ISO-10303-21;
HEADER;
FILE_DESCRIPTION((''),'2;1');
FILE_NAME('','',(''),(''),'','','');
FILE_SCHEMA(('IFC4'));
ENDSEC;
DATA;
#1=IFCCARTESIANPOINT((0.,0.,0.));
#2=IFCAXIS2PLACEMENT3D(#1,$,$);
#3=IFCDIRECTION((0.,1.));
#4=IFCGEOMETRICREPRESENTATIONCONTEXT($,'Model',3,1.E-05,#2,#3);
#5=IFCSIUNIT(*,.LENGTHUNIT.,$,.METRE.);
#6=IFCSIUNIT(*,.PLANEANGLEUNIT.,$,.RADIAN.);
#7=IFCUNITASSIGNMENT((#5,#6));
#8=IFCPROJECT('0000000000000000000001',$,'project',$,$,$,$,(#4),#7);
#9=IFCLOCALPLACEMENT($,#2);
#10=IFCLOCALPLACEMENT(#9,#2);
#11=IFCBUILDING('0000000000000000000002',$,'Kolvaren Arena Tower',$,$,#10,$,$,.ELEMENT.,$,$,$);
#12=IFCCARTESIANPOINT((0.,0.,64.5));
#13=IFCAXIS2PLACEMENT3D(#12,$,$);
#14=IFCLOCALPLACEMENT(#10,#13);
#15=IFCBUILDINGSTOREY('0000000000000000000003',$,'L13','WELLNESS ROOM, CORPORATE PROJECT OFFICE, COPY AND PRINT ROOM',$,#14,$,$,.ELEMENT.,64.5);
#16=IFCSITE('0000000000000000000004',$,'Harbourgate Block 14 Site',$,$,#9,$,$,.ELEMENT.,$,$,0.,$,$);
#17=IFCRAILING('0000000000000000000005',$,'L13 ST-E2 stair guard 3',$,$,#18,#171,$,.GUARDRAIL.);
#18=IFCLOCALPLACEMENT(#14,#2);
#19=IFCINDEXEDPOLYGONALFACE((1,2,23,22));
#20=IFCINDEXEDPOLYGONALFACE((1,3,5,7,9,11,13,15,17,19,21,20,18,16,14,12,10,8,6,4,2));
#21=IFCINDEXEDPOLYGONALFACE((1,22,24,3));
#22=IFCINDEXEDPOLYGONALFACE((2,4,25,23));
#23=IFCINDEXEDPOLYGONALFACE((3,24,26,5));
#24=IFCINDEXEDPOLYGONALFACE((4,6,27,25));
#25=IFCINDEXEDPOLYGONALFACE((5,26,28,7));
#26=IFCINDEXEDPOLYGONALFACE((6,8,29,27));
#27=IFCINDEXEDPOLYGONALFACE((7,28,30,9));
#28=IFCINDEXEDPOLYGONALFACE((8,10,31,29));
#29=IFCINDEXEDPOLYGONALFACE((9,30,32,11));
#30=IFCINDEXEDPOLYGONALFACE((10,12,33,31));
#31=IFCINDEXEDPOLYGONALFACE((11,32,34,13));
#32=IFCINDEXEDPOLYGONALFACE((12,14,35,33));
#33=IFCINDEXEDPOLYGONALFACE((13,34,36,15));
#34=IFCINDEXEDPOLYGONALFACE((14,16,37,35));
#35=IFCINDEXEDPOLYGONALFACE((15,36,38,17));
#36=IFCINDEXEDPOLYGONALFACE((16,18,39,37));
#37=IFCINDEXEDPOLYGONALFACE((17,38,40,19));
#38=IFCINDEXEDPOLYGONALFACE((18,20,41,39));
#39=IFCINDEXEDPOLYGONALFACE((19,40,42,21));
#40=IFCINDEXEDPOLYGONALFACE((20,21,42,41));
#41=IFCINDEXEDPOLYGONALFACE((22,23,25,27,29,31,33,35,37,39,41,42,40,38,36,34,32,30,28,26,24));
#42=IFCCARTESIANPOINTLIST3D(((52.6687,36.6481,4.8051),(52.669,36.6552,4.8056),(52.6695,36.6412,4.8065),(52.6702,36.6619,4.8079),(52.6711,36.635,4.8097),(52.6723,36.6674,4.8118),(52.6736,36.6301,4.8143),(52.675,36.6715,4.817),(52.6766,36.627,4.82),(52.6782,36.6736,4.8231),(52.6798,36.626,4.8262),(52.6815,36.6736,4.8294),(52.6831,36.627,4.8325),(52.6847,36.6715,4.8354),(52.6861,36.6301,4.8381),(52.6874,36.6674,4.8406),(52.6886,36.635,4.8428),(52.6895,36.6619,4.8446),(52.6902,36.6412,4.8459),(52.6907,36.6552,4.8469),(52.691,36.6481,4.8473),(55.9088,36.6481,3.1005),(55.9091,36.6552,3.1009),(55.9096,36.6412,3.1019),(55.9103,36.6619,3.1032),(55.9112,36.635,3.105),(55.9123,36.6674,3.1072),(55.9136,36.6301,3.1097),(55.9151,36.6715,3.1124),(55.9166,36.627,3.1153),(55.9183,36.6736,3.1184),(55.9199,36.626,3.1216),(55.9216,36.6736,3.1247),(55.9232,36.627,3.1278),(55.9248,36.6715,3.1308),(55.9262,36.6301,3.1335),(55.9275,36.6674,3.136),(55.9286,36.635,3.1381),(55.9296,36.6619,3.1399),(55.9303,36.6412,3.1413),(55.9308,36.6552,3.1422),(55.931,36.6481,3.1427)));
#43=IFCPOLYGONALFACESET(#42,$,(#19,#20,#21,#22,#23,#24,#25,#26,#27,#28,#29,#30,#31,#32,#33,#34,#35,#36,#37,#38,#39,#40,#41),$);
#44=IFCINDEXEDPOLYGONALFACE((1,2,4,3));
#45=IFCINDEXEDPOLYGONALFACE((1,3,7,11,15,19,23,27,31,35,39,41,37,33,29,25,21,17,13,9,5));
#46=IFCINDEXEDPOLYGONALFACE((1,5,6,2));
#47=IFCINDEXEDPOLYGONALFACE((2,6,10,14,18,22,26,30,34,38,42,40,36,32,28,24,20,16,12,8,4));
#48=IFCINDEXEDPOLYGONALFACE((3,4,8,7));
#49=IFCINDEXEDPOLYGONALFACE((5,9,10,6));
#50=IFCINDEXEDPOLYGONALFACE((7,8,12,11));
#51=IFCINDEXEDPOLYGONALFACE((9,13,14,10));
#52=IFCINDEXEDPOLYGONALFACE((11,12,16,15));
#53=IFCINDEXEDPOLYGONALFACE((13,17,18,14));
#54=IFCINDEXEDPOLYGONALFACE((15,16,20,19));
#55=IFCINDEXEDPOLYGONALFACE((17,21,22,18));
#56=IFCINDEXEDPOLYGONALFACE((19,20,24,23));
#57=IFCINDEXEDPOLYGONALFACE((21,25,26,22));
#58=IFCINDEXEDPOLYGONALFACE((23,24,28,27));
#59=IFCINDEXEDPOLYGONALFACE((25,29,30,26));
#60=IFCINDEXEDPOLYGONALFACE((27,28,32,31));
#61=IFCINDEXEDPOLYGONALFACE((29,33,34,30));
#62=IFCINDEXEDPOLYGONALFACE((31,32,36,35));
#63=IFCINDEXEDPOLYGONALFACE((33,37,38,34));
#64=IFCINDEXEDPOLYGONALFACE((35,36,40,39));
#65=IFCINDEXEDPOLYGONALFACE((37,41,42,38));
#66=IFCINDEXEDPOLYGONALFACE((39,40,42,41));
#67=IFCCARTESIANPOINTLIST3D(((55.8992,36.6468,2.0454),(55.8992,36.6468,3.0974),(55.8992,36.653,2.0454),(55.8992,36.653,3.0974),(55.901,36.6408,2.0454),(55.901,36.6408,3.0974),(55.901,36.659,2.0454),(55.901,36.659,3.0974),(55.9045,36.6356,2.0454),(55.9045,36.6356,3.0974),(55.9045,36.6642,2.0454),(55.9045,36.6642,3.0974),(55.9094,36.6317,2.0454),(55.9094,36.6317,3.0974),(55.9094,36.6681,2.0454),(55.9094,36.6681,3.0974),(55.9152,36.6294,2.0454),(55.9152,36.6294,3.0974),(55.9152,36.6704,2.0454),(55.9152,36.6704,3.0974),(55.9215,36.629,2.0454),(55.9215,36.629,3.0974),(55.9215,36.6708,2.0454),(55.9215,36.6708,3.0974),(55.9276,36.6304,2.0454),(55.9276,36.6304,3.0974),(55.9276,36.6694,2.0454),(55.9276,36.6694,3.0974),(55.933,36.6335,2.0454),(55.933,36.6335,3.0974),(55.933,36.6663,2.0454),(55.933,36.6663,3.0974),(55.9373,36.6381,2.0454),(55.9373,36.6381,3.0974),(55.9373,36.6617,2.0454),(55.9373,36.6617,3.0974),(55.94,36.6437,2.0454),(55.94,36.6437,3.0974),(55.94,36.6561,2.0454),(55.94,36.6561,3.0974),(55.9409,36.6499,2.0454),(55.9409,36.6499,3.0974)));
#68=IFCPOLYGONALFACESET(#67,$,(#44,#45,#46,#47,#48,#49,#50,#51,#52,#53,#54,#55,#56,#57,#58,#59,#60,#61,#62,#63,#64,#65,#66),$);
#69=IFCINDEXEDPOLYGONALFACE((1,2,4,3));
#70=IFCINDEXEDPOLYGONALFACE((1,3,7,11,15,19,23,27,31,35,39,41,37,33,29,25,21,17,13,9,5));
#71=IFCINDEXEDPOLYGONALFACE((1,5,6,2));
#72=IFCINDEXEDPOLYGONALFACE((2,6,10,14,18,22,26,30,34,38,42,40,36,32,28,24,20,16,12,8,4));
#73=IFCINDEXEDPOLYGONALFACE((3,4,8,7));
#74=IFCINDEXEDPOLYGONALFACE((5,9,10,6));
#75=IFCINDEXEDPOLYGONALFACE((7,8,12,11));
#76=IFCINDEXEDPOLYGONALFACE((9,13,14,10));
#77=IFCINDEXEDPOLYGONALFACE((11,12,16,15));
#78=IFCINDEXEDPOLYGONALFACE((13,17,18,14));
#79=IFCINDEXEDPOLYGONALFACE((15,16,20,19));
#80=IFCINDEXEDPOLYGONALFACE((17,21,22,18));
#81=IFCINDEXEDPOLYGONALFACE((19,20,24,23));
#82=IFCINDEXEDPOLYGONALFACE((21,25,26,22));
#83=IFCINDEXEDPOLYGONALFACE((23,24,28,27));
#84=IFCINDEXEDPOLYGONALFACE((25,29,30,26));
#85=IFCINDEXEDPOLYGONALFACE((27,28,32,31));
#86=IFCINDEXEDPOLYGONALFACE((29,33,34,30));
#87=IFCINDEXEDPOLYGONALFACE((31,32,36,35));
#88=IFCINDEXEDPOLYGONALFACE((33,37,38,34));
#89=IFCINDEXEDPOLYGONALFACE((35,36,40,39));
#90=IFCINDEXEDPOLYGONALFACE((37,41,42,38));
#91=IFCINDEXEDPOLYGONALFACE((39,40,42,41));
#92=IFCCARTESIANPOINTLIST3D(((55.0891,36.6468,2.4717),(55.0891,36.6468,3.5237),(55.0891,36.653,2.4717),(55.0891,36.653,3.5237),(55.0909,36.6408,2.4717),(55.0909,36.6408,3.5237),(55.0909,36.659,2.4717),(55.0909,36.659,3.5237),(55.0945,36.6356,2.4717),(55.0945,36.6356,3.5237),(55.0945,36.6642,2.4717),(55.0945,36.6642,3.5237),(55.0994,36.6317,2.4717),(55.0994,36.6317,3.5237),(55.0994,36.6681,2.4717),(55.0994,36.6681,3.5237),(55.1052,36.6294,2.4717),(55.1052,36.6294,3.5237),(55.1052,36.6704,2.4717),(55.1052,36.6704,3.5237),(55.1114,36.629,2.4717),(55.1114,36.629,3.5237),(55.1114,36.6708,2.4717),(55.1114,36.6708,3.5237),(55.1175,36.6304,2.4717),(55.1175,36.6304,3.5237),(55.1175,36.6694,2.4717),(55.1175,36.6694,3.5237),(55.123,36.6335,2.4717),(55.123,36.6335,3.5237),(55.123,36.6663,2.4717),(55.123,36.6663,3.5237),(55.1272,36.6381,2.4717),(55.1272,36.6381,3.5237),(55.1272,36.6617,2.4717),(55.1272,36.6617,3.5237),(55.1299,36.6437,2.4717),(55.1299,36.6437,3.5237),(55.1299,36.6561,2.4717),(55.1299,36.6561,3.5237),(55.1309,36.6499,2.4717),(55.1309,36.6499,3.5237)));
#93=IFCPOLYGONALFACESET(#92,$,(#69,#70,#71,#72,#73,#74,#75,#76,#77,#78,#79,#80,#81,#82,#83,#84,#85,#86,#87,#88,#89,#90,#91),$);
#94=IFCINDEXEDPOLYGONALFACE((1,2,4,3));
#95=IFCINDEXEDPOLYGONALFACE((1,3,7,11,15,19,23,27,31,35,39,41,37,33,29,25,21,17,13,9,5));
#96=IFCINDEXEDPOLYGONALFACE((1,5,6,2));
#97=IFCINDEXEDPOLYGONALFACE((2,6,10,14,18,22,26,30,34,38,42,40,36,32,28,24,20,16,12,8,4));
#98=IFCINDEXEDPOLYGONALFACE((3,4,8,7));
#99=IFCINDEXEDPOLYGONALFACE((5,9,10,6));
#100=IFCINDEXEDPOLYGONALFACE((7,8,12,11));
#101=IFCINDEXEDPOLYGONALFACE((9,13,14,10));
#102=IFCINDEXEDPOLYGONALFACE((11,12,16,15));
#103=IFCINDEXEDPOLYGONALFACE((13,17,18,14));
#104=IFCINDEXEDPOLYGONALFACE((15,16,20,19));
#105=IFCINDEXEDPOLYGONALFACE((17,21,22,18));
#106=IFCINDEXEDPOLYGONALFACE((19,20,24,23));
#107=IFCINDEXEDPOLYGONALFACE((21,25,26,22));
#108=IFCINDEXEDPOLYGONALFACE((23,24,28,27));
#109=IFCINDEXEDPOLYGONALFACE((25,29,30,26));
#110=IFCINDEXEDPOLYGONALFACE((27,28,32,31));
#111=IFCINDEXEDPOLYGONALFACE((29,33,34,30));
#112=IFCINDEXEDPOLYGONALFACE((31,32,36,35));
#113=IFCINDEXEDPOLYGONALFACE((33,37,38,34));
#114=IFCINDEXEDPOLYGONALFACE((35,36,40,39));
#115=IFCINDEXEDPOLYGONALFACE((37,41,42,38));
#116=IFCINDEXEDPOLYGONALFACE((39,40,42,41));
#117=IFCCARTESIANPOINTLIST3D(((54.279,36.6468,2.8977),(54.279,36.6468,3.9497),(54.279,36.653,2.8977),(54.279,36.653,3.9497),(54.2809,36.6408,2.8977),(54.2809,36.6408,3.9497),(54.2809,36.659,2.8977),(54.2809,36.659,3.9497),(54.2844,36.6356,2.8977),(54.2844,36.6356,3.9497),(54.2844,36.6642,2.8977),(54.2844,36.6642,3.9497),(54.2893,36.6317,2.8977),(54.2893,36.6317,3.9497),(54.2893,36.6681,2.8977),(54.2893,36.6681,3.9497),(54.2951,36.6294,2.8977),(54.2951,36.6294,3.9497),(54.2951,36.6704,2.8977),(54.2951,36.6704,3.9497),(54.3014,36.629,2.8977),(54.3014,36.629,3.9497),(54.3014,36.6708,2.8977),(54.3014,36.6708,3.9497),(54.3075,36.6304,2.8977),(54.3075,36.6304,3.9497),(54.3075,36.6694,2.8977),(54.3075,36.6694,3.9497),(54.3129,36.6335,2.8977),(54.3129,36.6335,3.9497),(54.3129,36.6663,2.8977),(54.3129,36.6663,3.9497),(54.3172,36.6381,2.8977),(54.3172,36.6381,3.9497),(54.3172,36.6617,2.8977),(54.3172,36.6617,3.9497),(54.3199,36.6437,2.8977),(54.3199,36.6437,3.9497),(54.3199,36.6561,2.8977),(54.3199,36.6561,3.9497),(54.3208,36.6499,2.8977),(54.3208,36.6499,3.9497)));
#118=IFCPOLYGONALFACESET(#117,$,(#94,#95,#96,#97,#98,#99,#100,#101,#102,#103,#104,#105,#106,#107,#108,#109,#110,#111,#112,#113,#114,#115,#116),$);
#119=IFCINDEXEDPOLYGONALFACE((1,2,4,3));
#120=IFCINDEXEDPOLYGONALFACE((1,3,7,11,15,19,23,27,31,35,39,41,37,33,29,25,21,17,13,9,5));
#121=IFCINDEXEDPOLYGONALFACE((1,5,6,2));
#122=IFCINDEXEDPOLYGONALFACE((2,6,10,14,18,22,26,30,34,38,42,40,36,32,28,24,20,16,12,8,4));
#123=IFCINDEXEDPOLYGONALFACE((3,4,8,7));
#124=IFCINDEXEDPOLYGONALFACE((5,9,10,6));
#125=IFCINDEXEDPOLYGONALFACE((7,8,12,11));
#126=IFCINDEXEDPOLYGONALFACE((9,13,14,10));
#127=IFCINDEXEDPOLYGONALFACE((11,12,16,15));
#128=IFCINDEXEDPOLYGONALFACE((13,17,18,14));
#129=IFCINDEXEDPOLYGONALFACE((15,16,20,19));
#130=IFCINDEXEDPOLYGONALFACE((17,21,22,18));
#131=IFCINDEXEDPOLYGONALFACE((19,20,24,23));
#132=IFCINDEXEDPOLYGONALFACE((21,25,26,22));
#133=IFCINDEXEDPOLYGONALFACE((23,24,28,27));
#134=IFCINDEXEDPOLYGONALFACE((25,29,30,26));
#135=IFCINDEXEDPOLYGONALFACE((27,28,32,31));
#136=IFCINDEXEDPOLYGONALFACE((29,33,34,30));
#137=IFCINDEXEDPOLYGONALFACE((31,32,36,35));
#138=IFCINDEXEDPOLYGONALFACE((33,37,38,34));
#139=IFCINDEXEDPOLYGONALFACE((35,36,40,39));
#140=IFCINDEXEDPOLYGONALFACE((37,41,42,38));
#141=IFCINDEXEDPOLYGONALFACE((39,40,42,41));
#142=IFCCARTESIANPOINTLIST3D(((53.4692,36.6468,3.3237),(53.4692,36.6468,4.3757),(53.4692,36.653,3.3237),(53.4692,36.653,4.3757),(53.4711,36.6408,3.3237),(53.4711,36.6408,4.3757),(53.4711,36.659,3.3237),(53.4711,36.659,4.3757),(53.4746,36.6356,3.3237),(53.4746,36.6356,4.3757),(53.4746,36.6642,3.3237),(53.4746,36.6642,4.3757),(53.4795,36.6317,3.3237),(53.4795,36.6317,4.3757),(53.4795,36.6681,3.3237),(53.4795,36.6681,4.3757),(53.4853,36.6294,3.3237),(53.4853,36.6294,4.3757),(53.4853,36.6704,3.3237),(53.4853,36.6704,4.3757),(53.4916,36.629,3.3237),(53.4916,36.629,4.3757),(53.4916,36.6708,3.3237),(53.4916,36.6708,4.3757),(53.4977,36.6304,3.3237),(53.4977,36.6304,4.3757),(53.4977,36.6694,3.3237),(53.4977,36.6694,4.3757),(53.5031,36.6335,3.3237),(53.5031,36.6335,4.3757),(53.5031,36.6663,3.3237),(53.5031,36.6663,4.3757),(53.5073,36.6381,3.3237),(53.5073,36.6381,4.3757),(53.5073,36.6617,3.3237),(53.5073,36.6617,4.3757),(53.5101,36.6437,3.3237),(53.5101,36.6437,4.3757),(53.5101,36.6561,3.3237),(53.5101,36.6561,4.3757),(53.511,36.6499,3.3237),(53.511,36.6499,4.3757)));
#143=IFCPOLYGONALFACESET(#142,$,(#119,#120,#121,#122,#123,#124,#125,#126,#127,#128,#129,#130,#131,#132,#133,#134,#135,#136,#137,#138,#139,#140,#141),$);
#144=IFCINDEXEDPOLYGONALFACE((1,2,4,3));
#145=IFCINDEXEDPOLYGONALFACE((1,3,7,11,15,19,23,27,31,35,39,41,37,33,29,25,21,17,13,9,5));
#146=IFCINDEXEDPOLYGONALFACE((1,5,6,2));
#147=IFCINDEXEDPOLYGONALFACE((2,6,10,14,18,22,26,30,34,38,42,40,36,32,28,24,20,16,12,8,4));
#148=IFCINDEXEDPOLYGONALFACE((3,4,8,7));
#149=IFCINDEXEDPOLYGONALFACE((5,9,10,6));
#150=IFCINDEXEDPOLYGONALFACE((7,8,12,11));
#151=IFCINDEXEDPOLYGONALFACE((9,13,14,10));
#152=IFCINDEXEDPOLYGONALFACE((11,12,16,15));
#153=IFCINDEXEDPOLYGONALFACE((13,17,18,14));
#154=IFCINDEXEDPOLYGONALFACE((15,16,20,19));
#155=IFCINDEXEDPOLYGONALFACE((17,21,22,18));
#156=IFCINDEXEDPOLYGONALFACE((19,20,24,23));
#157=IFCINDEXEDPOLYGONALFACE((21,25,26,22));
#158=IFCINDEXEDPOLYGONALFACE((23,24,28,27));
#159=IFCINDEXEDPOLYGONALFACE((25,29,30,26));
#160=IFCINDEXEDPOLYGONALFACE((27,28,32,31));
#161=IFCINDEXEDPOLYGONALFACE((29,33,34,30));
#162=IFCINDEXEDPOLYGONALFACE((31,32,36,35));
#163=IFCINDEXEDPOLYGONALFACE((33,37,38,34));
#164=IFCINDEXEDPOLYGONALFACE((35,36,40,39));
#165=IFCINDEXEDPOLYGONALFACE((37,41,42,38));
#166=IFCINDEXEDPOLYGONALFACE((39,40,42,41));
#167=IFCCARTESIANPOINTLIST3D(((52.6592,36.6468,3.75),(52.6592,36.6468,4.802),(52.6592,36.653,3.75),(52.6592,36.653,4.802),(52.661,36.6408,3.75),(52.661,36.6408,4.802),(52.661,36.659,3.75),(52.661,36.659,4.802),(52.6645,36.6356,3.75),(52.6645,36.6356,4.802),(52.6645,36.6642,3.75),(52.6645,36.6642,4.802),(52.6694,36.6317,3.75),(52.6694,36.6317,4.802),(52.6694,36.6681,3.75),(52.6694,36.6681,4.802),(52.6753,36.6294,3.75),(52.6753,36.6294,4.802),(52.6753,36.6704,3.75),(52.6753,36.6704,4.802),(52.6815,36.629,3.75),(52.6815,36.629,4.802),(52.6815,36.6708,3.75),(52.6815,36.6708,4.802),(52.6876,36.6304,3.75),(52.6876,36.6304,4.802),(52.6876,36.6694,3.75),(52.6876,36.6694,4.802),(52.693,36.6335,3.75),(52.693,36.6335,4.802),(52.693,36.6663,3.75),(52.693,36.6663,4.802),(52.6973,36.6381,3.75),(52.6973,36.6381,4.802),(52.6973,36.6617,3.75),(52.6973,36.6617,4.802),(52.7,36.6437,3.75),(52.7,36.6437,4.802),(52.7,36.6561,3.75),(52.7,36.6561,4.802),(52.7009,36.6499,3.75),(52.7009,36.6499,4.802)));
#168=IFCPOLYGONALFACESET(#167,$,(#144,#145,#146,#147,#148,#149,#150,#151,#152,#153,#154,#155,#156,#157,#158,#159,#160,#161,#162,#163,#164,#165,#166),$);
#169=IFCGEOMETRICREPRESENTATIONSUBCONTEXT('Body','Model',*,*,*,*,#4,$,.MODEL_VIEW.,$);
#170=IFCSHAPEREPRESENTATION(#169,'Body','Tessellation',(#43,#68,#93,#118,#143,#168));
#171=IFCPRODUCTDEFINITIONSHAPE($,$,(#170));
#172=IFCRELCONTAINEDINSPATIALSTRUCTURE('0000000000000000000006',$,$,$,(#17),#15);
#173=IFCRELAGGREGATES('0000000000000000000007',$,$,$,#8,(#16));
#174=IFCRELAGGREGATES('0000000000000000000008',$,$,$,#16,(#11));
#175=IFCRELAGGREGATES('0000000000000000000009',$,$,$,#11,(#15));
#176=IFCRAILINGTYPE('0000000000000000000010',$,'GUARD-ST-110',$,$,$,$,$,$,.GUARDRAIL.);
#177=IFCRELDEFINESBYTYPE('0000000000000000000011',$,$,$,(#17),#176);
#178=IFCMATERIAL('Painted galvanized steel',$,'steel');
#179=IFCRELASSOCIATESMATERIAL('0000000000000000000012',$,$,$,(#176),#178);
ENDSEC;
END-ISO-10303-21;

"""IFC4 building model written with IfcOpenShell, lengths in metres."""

from ifc_helpers import new_model, si_unit, direction, frame, origin, origin_2d, place, context, subcontext, project, spatial, circle, extrude, material, type_object, element, save


model = new_model("IFC4")

# Units and contexts
model_context = context("Model", 3, precision=1e-05, world=origin(), true_north=direction((0.0, 1.0)))
body_context = subcontext(model_context, "Body", "Model", "MODEL_VIEW")
ifc_project = project(units=[si_unit("LENGTHUNIT", "METRE"), si_unit("PLANEANGLEUNIT", "RADIAN")], contexts=[model_context])

# Site, building, storey
site_placement = place(None, origin())
site = spatial("IfcSite", under=ifc_project, at=site_placement, Name="Harbourgate Block 14 Site", CompositionType="ELEMENT", RefElevation=0.0)
building_placement = place(site_placement, origin())
building = spatial("IfcBuilding", under=site, at=building_placement, Name="Kolvaren Arena Tower", CompositionType="ELEMENT")
storey_placement = place(building_placement, frame((0.0, 0.0, 64.5)))
storey = spatial("IfcBuildingStorey", under=building, at=storey_placement, Name="L13", Description="WELLNESS ROOM, CORPORATE PROJECT OFFICE, COPY AND PRINT ROOM", CompositionType="ELEMENT", Elevation=64.5)

# Railing
ifc_material_1 = material(Name="Painted galvanized steel", Category="steel")
railing_type = type_object("IfcRailingType", Name="GUARD-ST-110", PredefinedType="GUARDRAIL", material=ifc_material_1)
railing_1_placement = place(storey_placement, frame((55.9199, 36.6499, 2.0454)))
element("IfcRailing", 1, at=railing_1_placement, inside=storey, type_object=railing_type, Name="L13 ST-E2 stair guard 3", PredefinedType="GUARDRAIL", context=body_context, shape_type="SweptSolid", body=[
    extrude(circle(Radius=0.0239, at=origin_2d()), frame((0.0, 0.0, 1.0762), z_axis=(-0.884993, 0.0, 0.465604), x_axis=(0.0, -1.0, 0.0)), (0.0, 0.0, 1.0), 3.6611),
    extrude(circle(Radius=0.021, at=origin_2d()), origin(), (0.0, 0.0, 1.0), 1.052),
    extrude(circle(Radius=0.021, at=origin_2d()), frame((-0.8101, 0.0, 0.4263)), (0.0, 0.0, 1.0), 1.052),
    extrude(circle(Radius=0.021, at=origin_2d()), frame((-1.6201, 0.0, 0.8523)), (0.0, 0.0, 1.0), 1.052),
    extrude(circle(Radius=0.021, at=origin_2d()), frame((-2.4299, 0.0, 1.2783)), (0.0, 0.0, 1.0), 1.052),
    extrude(circle(Radius=0.021, at=origin_2d()), frame((-3.24, 0.0, 1.7046)), (0.0, 0.0, 1.0), 1.052),
])

save(model, "model.ifc")
